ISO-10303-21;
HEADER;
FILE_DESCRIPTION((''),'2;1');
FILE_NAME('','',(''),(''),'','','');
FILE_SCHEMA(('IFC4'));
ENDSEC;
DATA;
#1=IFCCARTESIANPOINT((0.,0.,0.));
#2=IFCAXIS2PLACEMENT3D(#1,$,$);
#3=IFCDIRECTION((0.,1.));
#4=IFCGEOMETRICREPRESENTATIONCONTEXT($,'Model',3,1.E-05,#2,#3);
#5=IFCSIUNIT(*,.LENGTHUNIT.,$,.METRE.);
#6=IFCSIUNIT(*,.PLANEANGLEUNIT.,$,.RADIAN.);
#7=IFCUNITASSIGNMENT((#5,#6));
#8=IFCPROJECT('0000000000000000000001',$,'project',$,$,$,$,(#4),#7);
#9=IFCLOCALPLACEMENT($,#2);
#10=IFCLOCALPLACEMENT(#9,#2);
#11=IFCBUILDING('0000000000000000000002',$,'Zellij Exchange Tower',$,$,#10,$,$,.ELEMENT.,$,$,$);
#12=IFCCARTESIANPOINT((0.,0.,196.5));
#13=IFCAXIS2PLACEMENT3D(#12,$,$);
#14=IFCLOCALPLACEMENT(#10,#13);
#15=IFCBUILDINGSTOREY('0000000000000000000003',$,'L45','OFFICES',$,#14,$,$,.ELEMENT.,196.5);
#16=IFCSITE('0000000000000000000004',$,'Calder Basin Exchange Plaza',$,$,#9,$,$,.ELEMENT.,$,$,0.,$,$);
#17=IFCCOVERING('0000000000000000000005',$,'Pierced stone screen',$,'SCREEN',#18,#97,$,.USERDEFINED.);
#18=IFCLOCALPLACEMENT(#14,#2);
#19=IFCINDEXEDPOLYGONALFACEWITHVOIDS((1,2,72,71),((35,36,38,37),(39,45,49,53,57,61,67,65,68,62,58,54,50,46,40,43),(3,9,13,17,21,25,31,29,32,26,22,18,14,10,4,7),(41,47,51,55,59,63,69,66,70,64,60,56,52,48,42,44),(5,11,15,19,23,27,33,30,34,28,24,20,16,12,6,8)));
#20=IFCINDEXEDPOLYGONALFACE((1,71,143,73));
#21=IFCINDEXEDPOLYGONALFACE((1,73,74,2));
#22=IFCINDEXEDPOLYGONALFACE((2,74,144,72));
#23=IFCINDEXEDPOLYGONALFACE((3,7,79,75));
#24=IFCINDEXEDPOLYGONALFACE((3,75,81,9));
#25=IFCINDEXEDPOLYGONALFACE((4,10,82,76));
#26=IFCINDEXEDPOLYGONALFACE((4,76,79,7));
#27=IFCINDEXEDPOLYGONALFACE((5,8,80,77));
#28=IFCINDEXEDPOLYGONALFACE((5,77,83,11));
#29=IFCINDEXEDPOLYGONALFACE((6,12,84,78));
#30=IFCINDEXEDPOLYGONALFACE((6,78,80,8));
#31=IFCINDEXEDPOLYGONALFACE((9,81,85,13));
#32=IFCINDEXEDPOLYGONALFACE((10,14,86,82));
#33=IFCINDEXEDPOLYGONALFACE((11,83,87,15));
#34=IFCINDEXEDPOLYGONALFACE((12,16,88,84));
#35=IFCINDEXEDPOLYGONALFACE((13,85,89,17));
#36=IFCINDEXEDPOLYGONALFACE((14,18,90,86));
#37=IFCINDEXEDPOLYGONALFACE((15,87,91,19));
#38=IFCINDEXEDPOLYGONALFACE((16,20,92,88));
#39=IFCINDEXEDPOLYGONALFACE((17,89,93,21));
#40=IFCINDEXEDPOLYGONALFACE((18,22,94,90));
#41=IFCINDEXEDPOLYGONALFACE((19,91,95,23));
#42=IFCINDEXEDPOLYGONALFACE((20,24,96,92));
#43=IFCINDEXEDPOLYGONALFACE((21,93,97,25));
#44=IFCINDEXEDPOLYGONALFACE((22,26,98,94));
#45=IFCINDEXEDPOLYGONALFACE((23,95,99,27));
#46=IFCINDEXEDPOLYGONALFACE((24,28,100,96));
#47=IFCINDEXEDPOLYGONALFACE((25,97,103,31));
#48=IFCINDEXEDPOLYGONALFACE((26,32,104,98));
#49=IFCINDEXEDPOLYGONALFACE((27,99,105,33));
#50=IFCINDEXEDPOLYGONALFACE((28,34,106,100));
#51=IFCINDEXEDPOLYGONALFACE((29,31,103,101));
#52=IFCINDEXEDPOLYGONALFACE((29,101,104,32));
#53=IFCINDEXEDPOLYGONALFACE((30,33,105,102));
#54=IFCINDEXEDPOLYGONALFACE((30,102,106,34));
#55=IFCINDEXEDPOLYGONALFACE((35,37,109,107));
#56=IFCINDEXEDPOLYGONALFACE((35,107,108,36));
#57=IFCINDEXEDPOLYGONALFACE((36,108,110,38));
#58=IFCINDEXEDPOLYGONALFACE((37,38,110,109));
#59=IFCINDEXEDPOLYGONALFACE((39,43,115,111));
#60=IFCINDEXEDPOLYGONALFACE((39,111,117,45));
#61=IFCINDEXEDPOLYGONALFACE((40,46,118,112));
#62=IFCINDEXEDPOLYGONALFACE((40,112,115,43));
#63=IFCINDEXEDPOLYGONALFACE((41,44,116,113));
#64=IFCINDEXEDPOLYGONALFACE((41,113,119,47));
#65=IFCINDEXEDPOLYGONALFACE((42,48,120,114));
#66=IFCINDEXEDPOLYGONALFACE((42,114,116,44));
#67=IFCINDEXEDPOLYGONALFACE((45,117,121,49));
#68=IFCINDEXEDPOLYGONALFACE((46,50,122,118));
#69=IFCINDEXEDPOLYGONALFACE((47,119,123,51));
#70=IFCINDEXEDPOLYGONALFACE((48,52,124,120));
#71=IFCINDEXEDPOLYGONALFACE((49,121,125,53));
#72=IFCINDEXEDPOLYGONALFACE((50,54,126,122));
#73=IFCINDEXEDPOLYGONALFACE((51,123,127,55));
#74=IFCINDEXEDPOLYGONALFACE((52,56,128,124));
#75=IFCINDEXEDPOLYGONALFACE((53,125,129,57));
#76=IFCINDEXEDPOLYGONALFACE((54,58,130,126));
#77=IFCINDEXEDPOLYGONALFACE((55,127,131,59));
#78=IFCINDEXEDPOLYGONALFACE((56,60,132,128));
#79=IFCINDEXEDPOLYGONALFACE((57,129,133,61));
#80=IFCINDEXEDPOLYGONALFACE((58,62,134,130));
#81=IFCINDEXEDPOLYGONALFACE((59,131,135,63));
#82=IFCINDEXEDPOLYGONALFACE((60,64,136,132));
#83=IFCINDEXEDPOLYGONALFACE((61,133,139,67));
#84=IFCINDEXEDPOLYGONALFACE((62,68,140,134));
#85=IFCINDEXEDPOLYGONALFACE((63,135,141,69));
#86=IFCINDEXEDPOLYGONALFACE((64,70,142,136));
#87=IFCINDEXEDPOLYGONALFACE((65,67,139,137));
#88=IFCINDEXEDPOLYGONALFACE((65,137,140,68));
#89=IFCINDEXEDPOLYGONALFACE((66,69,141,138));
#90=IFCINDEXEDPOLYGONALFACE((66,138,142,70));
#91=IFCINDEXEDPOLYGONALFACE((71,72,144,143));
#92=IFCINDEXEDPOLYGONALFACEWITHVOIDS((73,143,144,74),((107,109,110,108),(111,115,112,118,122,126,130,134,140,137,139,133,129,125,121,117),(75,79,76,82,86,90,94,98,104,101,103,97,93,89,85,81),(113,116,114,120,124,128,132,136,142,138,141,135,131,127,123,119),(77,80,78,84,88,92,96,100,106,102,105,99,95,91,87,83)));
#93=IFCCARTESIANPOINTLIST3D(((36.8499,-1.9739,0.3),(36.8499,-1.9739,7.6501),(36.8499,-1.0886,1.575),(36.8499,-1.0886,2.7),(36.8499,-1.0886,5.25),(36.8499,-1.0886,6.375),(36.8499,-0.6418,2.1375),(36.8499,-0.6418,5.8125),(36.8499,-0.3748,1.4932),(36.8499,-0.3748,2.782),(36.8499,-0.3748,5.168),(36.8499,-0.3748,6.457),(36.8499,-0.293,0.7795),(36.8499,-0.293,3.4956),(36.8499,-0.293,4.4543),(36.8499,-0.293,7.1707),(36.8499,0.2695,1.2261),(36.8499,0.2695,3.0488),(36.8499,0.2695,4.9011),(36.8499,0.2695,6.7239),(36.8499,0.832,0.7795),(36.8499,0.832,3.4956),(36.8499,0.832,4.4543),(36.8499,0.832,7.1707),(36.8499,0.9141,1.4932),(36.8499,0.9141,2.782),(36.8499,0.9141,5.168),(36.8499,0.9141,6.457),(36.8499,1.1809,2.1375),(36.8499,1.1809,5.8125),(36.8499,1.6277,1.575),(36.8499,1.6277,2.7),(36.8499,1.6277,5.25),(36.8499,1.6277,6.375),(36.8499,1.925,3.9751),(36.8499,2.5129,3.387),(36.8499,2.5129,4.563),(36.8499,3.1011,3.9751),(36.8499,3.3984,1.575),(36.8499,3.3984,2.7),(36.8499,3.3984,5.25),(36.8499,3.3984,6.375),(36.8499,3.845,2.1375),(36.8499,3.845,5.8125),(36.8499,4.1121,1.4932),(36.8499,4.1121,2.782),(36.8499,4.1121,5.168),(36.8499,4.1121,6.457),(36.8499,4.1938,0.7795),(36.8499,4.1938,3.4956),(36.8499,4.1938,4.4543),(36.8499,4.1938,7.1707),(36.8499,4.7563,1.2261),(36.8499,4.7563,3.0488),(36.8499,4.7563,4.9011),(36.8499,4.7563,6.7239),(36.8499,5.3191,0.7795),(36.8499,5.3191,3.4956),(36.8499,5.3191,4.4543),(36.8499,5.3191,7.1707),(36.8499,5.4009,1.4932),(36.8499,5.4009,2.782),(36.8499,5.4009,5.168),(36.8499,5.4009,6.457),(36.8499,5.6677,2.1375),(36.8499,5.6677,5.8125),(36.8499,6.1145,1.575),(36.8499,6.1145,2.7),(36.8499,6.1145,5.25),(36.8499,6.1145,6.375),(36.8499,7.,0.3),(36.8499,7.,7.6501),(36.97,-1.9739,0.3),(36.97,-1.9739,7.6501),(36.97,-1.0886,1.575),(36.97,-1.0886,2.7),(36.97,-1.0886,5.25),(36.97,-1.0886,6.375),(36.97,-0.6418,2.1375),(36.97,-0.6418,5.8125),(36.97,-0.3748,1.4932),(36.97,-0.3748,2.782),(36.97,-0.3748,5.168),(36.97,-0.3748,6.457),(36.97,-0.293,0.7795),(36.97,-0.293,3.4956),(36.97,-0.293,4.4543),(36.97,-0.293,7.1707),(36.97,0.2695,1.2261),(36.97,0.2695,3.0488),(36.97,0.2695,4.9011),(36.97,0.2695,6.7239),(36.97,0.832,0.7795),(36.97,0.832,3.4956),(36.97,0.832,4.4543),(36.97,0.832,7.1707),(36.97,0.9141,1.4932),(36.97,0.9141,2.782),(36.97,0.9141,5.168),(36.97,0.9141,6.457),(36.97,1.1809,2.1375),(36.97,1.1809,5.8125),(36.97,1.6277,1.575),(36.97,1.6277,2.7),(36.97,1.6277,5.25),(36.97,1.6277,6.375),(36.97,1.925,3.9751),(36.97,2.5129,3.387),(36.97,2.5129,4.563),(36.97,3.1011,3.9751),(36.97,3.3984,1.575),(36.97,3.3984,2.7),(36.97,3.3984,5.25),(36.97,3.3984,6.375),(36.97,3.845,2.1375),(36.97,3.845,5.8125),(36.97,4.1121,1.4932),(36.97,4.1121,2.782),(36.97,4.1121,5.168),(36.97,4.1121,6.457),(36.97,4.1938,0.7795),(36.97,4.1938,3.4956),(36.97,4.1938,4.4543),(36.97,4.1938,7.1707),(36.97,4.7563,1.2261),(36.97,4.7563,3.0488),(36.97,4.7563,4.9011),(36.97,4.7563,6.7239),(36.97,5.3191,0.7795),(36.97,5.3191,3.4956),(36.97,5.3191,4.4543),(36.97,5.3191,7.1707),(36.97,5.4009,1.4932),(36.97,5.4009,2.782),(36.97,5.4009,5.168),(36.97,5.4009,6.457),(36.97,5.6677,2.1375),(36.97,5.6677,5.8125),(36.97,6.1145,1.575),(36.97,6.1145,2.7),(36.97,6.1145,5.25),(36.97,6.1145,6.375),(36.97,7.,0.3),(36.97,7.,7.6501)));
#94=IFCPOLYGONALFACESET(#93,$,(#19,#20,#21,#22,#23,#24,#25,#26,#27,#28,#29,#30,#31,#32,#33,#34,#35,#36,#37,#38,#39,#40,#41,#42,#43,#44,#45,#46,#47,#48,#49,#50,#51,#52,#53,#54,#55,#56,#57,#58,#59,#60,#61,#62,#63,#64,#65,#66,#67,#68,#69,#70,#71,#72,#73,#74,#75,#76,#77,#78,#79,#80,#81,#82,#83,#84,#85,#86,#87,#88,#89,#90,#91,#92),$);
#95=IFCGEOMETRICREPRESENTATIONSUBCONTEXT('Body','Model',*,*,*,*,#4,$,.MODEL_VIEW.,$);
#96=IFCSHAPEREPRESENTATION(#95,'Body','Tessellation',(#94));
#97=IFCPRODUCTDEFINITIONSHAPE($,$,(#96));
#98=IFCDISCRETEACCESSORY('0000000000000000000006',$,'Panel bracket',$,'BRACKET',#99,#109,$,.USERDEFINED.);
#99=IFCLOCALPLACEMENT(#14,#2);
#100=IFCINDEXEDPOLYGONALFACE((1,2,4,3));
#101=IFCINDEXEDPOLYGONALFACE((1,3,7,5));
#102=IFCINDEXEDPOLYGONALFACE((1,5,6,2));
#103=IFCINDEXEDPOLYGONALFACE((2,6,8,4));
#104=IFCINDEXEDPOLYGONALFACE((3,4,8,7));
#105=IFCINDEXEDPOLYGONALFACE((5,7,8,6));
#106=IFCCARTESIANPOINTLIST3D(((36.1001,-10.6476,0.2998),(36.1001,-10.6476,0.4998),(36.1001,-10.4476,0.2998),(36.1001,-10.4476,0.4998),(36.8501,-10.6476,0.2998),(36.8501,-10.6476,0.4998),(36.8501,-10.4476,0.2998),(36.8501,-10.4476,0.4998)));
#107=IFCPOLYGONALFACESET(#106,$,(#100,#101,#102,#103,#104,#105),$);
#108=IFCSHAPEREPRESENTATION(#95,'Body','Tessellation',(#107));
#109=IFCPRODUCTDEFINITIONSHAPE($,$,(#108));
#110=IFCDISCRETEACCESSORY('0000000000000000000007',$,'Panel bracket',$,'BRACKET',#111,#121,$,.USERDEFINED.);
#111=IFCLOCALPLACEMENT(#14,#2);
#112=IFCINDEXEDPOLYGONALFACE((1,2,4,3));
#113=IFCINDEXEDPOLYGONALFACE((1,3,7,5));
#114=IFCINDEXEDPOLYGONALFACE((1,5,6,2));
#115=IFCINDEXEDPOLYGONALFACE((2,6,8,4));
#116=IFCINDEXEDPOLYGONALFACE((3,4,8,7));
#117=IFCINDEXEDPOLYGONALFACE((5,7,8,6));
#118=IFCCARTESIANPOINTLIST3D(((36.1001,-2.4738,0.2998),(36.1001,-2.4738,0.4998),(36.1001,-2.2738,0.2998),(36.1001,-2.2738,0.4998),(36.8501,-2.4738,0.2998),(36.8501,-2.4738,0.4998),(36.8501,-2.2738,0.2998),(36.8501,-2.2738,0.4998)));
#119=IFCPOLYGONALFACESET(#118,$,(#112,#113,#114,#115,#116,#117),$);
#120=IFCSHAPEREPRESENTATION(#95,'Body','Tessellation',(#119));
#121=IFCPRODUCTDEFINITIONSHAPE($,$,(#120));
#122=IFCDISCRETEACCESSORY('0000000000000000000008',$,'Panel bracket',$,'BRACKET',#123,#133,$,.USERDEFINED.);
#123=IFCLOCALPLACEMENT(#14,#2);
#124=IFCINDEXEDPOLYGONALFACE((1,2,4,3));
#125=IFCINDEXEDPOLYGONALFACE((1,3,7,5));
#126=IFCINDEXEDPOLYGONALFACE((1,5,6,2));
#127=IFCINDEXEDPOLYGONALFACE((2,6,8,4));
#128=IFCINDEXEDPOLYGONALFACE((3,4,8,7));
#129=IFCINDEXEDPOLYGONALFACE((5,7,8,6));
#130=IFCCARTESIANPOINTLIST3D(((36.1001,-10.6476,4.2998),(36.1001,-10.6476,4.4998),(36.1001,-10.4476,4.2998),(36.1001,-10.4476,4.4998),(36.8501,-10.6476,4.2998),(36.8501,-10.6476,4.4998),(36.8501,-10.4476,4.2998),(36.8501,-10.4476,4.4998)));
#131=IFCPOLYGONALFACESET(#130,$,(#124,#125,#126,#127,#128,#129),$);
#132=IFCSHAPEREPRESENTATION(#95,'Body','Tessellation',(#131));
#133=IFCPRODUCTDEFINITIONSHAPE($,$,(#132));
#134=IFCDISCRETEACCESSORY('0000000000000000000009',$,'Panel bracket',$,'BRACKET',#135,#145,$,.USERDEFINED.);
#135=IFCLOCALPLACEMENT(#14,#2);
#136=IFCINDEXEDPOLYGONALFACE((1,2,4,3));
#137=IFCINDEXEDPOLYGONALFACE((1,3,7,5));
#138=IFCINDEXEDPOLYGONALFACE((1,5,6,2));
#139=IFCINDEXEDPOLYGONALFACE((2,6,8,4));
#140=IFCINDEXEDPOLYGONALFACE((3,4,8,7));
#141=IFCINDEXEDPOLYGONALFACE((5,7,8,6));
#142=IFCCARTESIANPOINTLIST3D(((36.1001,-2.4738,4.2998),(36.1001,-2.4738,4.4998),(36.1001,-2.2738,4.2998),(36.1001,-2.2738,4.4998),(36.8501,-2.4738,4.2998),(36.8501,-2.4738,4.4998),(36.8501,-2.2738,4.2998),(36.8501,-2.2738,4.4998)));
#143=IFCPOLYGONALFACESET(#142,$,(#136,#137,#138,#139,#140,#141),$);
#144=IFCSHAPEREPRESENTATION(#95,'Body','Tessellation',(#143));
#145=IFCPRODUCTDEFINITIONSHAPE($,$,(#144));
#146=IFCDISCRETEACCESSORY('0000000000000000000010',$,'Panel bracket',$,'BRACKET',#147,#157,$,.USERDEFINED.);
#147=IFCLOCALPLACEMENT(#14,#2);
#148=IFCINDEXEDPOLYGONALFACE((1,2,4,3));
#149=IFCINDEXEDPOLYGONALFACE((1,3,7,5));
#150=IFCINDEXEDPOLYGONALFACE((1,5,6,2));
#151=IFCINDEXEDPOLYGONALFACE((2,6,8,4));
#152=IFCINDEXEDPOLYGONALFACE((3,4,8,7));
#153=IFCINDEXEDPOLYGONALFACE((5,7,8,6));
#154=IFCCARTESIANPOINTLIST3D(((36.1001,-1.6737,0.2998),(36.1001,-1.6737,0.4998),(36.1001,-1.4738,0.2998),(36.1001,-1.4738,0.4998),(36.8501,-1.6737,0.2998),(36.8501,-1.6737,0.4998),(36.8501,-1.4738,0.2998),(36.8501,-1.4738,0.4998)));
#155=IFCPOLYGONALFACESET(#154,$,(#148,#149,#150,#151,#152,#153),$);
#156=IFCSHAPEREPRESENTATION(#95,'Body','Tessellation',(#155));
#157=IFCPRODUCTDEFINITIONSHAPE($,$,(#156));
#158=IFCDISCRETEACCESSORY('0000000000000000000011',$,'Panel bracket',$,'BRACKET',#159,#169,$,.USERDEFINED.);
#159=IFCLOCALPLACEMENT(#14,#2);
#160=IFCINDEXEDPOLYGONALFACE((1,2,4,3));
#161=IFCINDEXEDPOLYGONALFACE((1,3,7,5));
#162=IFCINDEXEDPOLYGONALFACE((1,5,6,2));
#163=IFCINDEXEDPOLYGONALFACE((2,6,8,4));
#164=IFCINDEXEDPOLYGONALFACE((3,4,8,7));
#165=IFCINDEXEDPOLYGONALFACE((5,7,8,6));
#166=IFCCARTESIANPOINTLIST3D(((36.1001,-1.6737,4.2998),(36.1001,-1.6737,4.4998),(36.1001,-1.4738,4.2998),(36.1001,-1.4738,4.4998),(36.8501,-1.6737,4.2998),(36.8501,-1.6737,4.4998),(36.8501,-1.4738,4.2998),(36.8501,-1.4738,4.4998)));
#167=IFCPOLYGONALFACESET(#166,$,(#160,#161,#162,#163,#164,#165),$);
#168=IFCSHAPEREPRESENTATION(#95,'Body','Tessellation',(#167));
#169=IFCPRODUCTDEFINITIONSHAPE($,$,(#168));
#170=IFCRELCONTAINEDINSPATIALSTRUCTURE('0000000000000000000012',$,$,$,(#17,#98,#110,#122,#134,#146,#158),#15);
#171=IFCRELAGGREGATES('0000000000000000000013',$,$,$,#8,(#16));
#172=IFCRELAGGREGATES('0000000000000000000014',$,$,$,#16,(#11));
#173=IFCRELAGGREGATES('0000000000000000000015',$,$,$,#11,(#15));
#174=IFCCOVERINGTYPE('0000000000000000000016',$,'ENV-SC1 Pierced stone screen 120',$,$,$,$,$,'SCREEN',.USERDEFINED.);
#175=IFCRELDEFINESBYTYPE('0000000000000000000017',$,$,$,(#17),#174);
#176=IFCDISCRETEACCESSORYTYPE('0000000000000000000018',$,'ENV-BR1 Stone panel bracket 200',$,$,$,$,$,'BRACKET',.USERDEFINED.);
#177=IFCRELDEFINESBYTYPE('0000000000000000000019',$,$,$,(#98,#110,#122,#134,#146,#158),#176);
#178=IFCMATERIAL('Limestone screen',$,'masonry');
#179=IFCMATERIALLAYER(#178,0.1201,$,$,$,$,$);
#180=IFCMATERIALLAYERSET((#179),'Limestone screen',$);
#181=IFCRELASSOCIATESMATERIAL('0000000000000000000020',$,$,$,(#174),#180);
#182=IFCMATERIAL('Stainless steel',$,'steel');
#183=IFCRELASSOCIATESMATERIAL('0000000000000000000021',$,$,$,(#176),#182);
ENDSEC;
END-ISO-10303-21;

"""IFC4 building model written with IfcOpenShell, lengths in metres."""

from ifc_helpers import new_model, si_unit, direction, frame, origin, origin_2d, place, context, subcontext, project, spatial, polyline, rectangle, outline, extrude, material, layer, layer_set, type_object, element, save


model = new_model("IFC4")

# Units and contexts
model_context = context("Model", 3, precision=1e-05, world=origin(), true_north=direction((0.0, 1.0)))
body_context = subcontext(model_context, "Body", "Model", "MODEL_VIEW")
ifc_project = project(units=[si_unit("LENGTHUNIT", "METRE"), si_unit("PLANEANGLEUNIT", "RADIAN")], contexts=[model_context])

# Site, building, storey
site_placement = place(None, origin())
site = spatial("IfcSite", under=ifc_project, at=site_placement, Name="Calder Basin Exchange Plaza", CompositionType="ELEMENT", RefElevation=0.0)
building_placement = place(site_placement, origin())
building = spatial("IfcBuilding", under=site, at=building_placement, Name="Zellij Exchange Tower", CompositionType="ELEMENT")
storey_placement = place(building_placement, frame((0.0, 0.0, 196.5)))
storey = spatial("IfcBuildingStorey", under=building, at=storey_placement, Name="L45", Description="OFFICES", CompositionType="ELEMENT", Elevation=196.5)

# Covering
ifc_material_1 = material(Name="Limestone screen", Category="masonry")
ifc_layer_1 = layer(ifc_material_1, 0.1201)
ifc_layer_set_1 = layer_set([ifc_layer_1], Name="Limestone screen")
covering_type = type_object("IfcCoveringType", Name="ENV-SC1 Pierced stone screen 120", ElementType="SCREEN", PredefinedType="USERDEFINED", material=ifc_layer_set_1)
covering_placement = place(storey_placement, frame((36.9099, -1.9739, 0.3), z_axis=(0.0, 0.0, 1.0), x_axis=(0.0, 1.0, 0.0)))
element("IfcCovering", 1, at=covering_placement, inside=storey, type_object=covering_type, Name="Pierced stone screen", ObjectType="SCREEN", PredefinedType="USERDEFINED", context=body_context, shape_type="SweptSolid", body=[
    extrude(outline(polyline([(0.0, 0.0), (8.9739, 0.0), (8.9739, 7.3501), (0.0, 7.3501), (0.0, 0.0)]), holes=[polyline([(3.6016, 2.3999), (2.8879, 2.4819), (2.8059, 3.1956), (2.2434, 2.7488), (1.6809, 3.1956), (1.5991, 2.4819), (0.8853, 2.3999), (1.332, 1.8374), (0.8853, 1.2749), (1.5991, 1.1931), (1.6809, 0.4795), (2.2434, 0.926), (2.8059, 0.4795), (2.8879, 1.1931), (3.6016, 1.2749), (3.1548, 1.8374), (3.6016, 2.3999)]), polyline([(3.6016, 6.075), (2.8879, 6.157), (2.8059, 6.8706), (2.2434, 6.4238), (1.6809, 6.8706), (1.5991, 6.157), (0.8853, 6.075), (1.332, 5.5125), (0.8853, 4.95), (1.5991, 4.8679), (1.6809, 4.1543), (2.2434, 4.6011), (2.8059, 4.1543), (2.8879, 4.8679), (3.6016, 4.95), (3.1548, 5.5125), (3.6016, 6.075)]), polyline([(8.0884, 2.3999), (7.3748, 2.4819), (7.293, 3.1956), (6.7302, 2.7488), (6.1677, 3.1956), (6.0859, 2.4819), (5.3723, 2.3999), (5.8188, 1.8374), (5.3723, 1.2749), (6.0859, 1.1931), (6.1677, 0.4795), (6.7302, 0.926), (7.293, 0.4795), (7.3748, 1.1931), (8.0884, 1.2749), (7.6416, 1.8374), (8.0884, 2.3999)]), polyline([(8.0884, 6.075), (7.3748, 6.157), (7.293, 6.8706), (6.7302, 6.4238), (6.1677, 6.8706), (6.0859, 6.157), (5.3723, 6.075), (5.8188, 5.5125), (5.3723, 4.95), (6.0859, 4.8679), (6.1677, 4.1543), (6.7302, 4.6011), (7.293, 4.1543), (7.3748, 4.8679), (8.0884, 4.95), (7.6416, 5.5125), (8.0884, 6.075)]), polyline([(5.075, 3.675), (4.4868, 4.2629), (3.8989, 3.675), (4.4868, 3.0869), (5.075, 3.675)])]), frame((0.0, 0.0601, 0.0), z_axis=(0.0, -1.0, 0.0), x_axis=(1.0, 0.0, 0.0)), (0.0, 0.0, 1.0), 0.1201),
])

# Discrete accessories
ifc_material_2 = material(Name="Stainless steel", Category="steel")
discrete_accessory_type = type_object("IfcDiscreteAccessoryType", Name="ENV-BR1 Stone panel bracket 200", ElementType="BRACKET", PredefinedType="USERDEFINED", material=ifc_material_2)
for number, where, z_axis, x_axis, name in (
    (2, (36.4751, -10.5476, 0.2998), (0.0, 0.0, 1.0), (0.0, 1.0, 0.0), "Panel bracket"),
    (3, (36.4751, -2.3738, 0.2998), (0.0, 0.0, 1.0), (0.0, 1.0, 0.0), "Panel bracket"),
    (4, (36.4751, -10.5476, 4.2998), (0.0, 0.0, 1.0), (0.0, 1.0, 0.0), "Panel bracket"),
    (5, (36.4751, -2.3738, 4.2998), (0.0, 0.0, 1.0), (0.0, 1.0, 0.0), "Panel bracket"),
    (6, (36.4751, -1.5737, 0.2998), (0.0, 0.0, 1.0), (0.0, 1.0, 0.0), "Panel bracket"),
    (7, (36.4751, -1.5737, 4.2998), (0.0, 0.0, 1.0), (0.0, 1.0, 0.0), "Panel bracket"),
):
    element("IfcDiscreteAccessory", number, at=place(storey_placement, frame(where, z_axis=z_axis, x_axis=x_axis)), inside=storey, type_object=discrete_accessory_type, Name=name, ObjectType="BRACKET", PredefinedType="USERDEFINED", context=body_context, shape_type="SweptSolid", body=[
        extrude(rectangle(XDim=0.2, YDim=0.75, at=origin_2d()), origin(), (0.0, 0.0, 1.0), 0.2),
    ])

save(model, "model.ifc")
